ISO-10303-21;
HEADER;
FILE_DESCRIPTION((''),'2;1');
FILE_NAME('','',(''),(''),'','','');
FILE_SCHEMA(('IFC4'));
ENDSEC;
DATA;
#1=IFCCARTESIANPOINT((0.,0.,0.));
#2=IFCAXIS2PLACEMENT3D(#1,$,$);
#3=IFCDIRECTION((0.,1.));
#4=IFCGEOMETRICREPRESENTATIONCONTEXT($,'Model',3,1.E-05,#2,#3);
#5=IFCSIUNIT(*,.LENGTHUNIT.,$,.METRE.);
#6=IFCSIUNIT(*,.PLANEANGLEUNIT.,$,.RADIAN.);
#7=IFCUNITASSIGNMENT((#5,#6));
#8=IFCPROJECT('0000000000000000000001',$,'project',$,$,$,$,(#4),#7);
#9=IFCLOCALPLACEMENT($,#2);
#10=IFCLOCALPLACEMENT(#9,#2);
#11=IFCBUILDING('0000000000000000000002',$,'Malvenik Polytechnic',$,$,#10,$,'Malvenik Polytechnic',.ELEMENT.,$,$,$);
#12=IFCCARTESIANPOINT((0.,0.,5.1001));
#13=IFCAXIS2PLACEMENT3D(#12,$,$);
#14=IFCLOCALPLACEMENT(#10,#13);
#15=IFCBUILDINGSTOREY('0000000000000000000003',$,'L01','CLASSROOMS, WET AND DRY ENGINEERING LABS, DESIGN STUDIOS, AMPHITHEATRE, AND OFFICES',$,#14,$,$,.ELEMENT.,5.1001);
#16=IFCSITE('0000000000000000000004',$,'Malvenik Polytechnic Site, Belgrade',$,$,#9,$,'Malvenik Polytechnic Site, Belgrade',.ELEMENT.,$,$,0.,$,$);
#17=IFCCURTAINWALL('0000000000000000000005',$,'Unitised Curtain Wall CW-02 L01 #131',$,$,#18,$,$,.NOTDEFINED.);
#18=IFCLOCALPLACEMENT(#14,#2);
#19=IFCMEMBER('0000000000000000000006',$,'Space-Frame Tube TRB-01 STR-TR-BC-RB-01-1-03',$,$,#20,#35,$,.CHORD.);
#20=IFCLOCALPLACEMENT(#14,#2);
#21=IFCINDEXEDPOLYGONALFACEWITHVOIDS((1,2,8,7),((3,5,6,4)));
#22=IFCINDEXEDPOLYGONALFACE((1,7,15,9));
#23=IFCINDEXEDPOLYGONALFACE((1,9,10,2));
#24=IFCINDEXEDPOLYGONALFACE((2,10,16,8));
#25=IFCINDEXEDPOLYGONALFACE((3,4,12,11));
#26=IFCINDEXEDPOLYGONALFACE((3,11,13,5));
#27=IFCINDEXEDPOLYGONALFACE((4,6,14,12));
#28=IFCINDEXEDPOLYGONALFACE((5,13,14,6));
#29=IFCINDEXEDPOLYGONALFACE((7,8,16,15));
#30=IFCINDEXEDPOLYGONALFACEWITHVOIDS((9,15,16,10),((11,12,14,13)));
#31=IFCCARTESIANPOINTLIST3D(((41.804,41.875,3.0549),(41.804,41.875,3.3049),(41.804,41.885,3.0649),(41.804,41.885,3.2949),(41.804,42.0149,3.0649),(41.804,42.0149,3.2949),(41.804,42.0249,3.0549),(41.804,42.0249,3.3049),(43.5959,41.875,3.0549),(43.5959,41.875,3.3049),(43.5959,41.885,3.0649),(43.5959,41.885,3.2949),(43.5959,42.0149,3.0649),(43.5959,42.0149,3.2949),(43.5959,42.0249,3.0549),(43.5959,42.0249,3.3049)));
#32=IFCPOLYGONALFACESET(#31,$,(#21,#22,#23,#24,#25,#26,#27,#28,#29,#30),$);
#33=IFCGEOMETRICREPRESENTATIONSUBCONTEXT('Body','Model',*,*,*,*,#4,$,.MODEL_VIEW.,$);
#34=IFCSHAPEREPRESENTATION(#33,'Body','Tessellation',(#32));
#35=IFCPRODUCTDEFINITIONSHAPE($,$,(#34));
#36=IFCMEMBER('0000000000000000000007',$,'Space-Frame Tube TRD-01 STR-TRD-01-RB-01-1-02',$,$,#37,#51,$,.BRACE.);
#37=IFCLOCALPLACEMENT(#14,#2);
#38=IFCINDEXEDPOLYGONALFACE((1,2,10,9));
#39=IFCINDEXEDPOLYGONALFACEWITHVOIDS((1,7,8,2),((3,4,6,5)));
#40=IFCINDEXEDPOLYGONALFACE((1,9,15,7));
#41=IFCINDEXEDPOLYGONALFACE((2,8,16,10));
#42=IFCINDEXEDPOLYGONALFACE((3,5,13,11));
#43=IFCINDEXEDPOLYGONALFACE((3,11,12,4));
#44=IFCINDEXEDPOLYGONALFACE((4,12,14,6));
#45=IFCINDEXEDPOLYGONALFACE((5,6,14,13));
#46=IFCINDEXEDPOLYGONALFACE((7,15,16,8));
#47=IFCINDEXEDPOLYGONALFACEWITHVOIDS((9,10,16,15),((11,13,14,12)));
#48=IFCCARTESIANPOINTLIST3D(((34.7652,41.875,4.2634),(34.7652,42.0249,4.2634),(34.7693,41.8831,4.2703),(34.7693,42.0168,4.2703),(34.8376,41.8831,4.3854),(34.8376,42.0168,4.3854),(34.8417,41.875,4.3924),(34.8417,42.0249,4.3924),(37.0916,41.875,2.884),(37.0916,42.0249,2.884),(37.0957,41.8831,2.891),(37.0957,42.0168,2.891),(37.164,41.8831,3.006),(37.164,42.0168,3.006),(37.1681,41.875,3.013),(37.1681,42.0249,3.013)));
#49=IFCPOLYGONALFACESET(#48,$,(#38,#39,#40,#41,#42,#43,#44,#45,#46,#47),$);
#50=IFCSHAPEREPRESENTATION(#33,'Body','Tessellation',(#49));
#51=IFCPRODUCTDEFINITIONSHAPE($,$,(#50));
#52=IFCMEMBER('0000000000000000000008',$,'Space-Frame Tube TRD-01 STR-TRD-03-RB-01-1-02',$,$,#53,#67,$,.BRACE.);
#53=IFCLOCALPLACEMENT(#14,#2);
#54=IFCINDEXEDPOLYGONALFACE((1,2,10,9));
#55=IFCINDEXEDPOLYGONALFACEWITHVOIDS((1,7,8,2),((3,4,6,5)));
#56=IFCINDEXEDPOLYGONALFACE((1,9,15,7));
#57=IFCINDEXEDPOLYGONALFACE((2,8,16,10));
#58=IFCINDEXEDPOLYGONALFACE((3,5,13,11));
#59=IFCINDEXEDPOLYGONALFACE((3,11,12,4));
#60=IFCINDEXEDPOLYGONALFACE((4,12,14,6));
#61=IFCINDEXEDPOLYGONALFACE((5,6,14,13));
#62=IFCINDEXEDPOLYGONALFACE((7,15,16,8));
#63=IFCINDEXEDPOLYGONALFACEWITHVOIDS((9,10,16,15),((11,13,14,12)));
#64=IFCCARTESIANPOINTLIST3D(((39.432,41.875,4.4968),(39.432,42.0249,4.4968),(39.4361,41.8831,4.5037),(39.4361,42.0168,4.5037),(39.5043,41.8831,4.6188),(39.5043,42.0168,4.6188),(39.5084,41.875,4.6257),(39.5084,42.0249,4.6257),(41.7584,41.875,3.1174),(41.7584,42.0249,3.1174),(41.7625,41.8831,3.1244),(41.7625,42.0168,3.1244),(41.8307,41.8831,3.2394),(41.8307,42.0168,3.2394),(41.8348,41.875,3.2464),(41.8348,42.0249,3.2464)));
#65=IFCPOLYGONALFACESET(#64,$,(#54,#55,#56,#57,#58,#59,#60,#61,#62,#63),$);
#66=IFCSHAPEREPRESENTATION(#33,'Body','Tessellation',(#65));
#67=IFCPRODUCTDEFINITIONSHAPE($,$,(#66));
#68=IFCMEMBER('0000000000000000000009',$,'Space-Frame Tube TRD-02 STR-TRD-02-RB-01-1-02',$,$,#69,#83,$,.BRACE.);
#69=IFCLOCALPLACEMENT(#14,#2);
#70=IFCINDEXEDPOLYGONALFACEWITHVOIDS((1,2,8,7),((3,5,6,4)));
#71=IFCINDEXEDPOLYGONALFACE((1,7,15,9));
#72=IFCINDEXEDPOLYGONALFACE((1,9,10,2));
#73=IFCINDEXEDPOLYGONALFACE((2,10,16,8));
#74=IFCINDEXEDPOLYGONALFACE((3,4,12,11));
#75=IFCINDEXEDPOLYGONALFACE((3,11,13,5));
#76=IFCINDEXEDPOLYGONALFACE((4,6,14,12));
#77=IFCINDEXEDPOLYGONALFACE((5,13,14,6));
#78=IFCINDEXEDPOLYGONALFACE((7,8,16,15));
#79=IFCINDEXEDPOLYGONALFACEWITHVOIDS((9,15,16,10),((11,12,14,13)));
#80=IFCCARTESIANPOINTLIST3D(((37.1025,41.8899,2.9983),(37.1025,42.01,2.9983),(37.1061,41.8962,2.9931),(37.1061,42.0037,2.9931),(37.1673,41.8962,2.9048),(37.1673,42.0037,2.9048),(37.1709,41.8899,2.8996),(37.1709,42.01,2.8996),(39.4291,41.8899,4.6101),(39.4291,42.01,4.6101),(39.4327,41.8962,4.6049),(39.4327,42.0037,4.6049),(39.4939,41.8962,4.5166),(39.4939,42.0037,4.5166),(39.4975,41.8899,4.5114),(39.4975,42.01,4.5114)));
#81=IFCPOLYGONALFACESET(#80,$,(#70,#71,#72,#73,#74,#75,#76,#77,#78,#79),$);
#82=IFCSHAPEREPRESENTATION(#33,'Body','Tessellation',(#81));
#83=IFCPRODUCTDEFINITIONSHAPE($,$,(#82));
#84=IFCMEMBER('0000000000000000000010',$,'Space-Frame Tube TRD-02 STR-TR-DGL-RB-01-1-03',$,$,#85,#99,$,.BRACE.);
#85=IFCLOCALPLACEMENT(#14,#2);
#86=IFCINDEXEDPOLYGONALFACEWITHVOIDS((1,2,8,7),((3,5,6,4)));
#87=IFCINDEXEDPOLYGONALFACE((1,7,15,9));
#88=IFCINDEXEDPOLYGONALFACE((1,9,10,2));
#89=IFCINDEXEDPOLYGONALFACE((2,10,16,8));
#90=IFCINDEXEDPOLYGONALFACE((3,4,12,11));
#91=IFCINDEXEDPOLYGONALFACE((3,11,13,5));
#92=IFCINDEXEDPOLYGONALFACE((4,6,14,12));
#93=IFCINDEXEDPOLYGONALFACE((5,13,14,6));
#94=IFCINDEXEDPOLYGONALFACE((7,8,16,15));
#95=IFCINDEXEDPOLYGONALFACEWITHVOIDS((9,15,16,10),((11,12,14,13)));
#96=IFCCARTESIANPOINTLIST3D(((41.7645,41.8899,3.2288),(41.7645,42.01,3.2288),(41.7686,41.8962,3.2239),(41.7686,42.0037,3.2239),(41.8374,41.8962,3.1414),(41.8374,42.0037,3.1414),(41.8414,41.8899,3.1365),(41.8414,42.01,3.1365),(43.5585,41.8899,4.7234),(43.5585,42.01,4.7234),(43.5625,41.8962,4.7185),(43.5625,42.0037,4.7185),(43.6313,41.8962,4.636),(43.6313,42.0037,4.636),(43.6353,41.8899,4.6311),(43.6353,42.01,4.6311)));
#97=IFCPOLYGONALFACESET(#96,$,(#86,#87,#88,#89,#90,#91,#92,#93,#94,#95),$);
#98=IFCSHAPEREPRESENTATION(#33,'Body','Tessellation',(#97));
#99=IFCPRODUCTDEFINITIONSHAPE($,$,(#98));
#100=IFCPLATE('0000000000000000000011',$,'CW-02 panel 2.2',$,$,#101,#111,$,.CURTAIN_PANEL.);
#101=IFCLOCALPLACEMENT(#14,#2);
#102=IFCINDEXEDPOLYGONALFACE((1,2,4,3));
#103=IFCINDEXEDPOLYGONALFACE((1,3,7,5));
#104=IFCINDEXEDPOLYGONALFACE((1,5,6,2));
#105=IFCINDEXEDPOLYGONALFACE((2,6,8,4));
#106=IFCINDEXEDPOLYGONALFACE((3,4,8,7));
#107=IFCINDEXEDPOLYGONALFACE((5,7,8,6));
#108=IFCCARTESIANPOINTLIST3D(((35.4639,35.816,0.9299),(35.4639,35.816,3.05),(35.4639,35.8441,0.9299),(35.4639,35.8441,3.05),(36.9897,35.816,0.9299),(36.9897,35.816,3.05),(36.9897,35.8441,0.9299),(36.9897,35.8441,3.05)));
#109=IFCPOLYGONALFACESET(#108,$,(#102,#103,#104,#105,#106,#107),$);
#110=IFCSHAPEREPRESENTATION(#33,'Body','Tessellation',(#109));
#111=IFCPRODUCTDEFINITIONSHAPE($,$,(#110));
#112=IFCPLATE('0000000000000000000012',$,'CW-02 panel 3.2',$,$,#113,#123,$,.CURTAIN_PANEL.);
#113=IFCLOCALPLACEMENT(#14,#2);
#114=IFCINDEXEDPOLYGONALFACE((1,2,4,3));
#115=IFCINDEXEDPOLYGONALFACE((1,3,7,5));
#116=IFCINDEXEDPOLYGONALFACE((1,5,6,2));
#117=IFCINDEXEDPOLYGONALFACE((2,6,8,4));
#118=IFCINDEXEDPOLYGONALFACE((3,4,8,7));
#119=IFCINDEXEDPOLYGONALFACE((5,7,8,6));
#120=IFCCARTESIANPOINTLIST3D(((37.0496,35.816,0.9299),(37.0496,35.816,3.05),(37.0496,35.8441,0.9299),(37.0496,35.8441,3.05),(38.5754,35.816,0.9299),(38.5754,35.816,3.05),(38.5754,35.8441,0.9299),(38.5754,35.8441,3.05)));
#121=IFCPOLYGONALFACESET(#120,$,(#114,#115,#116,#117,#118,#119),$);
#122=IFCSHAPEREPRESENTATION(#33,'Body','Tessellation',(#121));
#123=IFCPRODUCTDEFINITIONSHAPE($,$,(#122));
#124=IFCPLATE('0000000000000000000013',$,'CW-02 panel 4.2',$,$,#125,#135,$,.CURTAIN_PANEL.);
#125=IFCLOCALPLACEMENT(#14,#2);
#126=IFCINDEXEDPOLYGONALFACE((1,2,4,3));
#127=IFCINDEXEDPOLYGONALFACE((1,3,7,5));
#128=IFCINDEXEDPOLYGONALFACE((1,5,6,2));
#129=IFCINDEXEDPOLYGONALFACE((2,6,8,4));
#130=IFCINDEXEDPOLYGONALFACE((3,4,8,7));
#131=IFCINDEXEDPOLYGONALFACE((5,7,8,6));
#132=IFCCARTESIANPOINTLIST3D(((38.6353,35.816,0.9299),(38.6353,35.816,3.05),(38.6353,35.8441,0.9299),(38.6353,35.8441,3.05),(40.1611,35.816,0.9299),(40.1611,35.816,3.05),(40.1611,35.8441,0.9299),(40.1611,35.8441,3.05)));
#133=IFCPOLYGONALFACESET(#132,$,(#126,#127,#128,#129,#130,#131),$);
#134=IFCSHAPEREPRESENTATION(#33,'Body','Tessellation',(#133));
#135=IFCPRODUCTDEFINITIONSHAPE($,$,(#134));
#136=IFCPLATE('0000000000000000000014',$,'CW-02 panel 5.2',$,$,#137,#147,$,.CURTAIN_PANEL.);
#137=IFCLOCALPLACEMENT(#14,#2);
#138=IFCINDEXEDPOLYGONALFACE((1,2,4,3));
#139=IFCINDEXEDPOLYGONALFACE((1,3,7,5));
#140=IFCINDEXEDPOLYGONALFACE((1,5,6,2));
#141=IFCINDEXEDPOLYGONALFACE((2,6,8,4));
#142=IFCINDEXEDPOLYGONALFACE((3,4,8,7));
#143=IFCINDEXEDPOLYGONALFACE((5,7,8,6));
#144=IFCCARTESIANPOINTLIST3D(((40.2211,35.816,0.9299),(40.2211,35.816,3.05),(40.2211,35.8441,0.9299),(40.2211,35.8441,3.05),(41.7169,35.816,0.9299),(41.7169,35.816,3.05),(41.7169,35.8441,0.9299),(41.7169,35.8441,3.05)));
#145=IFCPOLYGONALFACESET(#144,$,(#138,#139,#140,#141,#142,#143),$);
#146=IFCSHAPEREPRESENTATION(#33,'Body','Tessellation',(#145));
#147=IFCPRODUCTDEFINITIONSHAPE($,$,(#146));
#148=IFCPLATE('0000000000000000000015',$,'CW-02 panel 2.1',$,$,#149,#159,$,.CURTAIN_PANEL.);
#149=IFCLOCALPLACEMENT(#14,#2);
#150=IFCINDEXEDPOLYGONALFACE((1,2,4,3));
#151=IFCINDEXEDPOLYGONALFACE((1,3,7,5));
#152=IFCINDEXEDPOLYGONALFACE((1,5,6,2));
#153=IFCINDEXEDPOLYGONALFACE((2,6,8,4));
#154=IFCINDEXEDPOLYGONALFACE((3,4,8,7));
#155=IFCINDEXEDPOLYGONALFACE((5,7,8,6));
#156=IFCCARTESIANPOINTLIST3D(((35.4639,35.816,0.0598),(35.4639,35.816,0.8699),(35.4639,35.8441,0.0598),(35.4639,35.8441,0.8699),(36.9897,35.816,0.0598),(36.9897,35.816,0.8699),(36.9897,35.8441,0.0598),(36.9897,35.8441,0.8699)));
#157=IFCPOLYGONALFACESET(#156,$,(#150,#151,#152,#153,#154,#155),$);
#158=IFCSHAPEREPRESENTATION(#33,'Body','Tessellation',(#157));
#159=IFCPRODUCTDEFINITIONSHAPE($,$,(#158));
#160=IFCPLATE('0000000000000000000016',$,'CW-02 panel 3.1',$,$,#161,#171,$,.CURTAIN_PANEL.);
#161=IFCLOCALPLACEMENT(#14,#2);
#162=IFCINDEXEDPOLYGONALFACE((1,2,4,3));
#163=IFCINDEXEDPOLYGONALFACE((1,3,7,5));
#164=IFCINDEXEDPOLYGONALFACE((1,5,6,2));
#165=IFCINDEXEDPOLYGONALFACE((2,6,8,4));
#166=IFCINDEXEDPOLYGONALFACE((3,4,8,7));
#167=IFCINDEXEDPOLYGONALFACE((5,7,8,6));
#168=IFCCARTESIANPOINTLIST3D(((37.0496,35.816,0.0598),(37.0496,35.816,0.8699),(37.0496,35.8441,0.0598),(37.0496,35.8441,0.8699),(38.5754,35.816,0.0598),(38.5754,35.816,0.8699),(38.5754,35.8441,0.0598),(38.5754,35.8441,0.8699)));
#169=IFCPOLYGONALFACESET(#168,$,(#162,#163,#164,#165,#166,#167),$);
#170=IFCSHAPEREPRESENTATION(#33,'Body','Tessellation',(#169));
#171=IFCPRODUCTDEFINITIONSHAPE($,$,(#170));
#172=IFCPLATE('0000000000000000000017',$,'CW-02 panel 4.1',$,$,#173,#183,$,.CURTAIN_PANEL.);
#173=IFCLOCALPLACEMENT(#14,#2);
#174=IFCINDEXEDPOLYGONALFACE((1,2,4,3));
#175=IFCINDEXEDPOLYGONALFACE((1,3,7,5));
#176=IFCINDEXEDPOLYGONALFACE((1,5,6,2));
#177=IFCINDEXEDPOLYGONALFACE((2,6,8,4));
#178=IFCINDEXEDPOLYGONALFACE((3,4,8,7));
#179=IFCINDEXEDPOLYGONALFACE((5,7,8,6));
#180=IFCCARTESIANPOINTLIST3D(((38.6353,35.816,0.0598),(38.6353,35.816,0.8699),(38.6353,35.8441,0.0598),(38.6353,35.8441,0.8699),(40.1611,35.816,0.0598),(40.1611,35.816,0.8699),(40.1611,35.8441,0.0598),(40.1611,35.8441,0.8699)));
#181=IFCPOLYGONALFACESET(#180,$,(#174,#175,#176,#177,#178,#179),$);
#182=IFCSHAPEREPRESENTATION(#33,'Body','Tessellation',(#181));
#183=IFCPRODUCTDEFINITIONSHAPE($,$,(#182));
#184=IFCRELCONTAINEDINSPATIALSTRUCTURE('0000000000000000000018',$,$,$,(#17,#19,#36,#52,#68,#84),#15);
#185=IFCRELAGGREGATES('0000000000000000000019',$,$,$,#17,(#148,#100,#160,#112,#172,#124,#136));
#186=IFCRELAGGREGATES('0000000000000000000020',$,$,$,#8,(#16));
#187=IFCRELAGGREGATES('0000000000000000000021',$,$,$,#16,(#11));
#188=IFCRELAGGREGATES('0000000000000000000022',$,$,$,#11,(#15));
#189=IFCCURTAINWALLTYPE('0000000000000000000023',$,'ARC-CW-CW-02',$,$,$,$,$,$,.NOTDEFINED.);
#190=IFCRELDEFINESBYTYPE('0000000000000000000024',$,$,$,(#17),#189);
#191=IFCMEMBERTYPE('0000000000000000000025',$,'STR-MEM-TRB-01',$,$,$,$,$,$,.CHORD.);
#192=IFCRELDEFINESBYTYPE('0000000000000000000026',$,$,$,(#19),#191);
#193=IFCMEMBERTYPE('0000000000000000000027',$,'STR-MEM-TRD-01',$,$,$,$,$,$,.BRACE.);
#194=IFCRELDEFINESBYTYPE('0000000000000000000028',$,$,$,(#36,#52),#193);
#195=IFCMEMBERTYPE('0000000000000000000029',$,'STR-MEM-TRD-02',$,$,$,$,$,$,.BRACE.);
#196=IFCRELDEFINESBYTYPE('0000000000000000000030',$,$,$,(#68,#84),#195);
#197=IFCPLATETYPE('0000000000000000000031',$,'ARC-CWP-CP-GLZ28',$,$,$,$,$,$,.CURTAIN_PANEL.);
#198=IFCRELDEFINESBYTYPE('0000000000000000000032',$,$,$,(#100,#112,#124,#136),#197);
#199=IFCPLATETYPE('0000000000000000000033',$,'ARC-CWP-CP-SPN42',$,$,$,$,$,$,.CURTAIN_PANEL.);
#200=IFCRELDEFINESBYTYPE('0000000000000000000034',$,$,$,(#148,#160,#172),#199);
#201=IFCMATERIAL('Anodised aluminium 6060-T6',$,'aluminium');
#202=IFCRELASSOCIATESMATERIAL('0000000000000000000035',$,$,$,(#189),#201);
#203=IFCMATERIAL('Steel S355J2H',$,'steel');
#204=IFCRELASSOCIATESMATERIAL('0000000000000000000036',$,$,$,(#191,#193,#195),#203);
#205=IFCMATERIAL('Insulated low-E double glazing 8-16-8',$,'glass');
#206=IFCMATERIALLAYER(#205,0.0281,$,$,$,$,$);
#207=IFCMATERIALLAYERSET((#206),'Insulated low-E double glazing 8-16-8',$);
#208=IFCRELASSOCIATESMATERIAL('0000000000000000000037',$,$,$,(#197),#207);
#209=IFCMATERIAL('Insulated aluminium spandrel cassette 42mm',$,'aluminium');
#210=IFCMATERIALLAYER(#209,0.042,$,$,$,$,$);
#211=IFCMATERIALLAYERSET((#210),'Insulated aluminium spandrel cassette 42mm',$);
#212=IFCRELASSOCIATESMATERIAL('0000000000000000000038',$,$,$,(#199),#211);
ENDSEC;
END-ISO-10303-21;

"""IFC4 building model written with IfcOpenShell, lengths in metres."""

from ifc_helpers import new_model, si_unit, direction, frame, origin, origin_2d, place, context, subcontext, project, spatial, rectangle, hollow_rectangle, extrude, material, layer, layer_set, material_profile, profile_set, type_object, element, aggregate, save


model = new_model("IFC4")

# Units and contexts
model_context = context("Model", 3, precision=1e-05, world=origin(), true_north=direction((0.0, 1.0)))
body_context = subcontext(model_context, "Body", "Model", "MODEL_VIEW")
ifc_project = project(units=[si_unit("LENGTHUNIT", "METRE"), si_unit("PLANEANGLEUNIT", "RADIAN")], contexts=[model_context])

# Site, building, storey
site_placement = place(None, origin())
site = spatial("IfcSite", under=ifc_project, at=site_placement, Name="Malvenik Polytechnic Site, Belgrade", LongName="Malvenik Polytechnic Site, Belgrade", CompositionType="ELEMENT", RefElevation=0.0)
building_placement = place(site_placement, origin())
building = spatial("IfcBuilding", under=site, at=building_placement, Name="Malvenik Polytechnic", LongName="Malvenik Polytechnic", CompositionType="ELEMENT")
storey_placement = place(building_placement, frame((0.0, 0.0, 5.1001)))
storey = spatial("IfcBuildingStorey", under=building, at=storey_placement, Name="L01", Description="CLASSROOMS, WET AND DRY ENGINEERING LABS, DESIGN STUDIOS, AMPHITHEATRE, AND OFFICES", CompositionType="ELEMENT", Elevation=5.1001)

# Curtain wall
ifc_material_1 = material(Name="Anodised aluminium 6060-T6", Category="aluminium")
curtain_wall_type = type_object("IfcCurtainWallType", Name="ARC-CW-CW-02", PredefinedType="NOTDEFINED", material=ifc_material_1)
curtain_wall_1_placement = place(storey_placement, origin())
curtain_wall_1 = element("IfcCurtainWall", 1, at=curtain_wall_1_placement, inside=storey, type_object=curtain_wall_type, Name="Unitised Curtain Wall CW-02 L01 #131", PredefinedType="NOTDEFINED")

# Members
ifc_material_2 = material(Name="Steel S355J2H", Category="steel")
ifc_material_profile_1 = material_profile(ifc_material_2, hollow_rectangle(XDim=0.1499, YDim=0.25, WallThickness=0.01, at=origin_2d()), Name="RHS 250x150x10.0")
ifc_profile_set_1 = profile_set([ifc_material_profile_1], Name="Steel S355J2H")
member_type_1 = type_object("IfcMemberType", Name="STR-MEM-TRB-01", PredefinedType="CHORD", material=ifc_profile_set_1)
member_1_placement = place(storey_placement, frame((41.804, 41.95, 3.1799), z_axis=(1.0, 0.0, 0.0), x_axis=(0.0, 1.0, 0.0)))
element("IfcMember", 2, at=member_1_placement, inside=storey, type_object=member_type_1, Name="Space-Frame Tube TRB-01 STR-TR-BC-RB-01-1-03", PredefinedType="CHORD", context=body_context, shape_type="SweptSolid", body=[
    extrude(hollow_rectangle(XDim=0.1499, YDim=0.25, WallThickness=0.01, at=origin_2d()), origin(), (0.0, 0.0, 1.0), 1.792),
])
ifc_material_profile_2 = material_profile(ifc_material_2, hollow_rectangle(XDim=0.1499, YDim=0.1499, WallThickness=0.0081, at=origin_2d()), Name="SHS 150x150x8.0")
ifc_profile_set_2 = profile_set([ifc_material_profile_2], Name="Steel S355J2H")
member_type_2 = type_object("IfcMemberType", Name="STR-MEM-TRD-01", PredefinedType="BRACE", material=ifc_profile_set_2)
for number, where, z_axis, x_axis, name in (
    (3, (34.8035, 41.95, 4.3279), (0.860165, 0.0, -0.510015), (0.0, 1.0, 0.0), "Space-Frame Tube TRD-01 STR-TRD-01-RB-01-1-02"),
    (4, (39.4702, 41.95, 4.5613), (0.860165, 0.0, -0.510015), (0.0, 1.0, 0.0), "Space-Frame Tube TRD-01 STR-TRD-03-RB-01-1-02"),
):
    element("IfcMember", number, at=place(storey_placement, frame(where, z_axis=z_axis, x_axis=x_axis)), inside=storey, type_object=member_type_2, Name=name, PredefinedType="BRACE", context=body_context, shape_type="SweptSolid", body=[
        extrude(hollow_rectangle(XDim=0.1499, YDim=0.1499, WallThickness=0.0081, at=origin_2d()), origin(), (0.0, 0.0, 1.0), 2.7046),
    ])
ifc_material_profile_3 = material_profile(ifc_material_2, hollow_rectangle(XDim=0.1201, YDim=0.1201, WallThickness=0.0063, at=origin_2d()), Name="SHS 120x120x6.3")
ifc_profile_set_3 = profile_set([ifc_material_profile_3], Name="Steel S355J2H")
member_type_3 = type_object("IfcMemberType", Name="STR-MEM-TRD-02", PredefinedType="BRACE", material=ifc_profile_set_3)
member_2_placement = place(storey_placement, frame((37.1367, 41.95, 2.949), z_axis=(0.822018, 0.0, 0.569461), x_axis=(0.0, 1.0, 0.0)))
element("IfcMember", 5, at=member_2_placement, inside=storey, type_object=member_type_3, Name="Space-Frame Tube TRD-02 STR-TRD-02-RB-01-1-02", PredefinedType="BRACE", context=body_context, shape_type="SweptSolid", body=[
    extrude(hollow_rectangle(XDim=0.1201, YDim=0.1201, WallThickness=0.0063, at=origin_2d()), origin(), (0.0, 0.0, 1.0), 2.8303),
])
member_3_placement = place(storey_placement, frame((41.803, 41.95, 3.1826), z_axis=(0.76829, 0.0, 0.640102), x_axis=(0.0, 1.0, 0.0)))
element("IfcMember", 6, at=member_3_placement, inside=storey, type_object=member_type_3, Name="Space-Frame Tube TRD-02 STR-TR-DGL-RB-01-1-03", PredefinedType="BRACE", context=body_context, shape_type="SweptSolid", body=[
    extrude(hollow_rectangle(XDim=0.1201, YDim=0.1201, WallThickness=0.0063, at=origin_2d()), origin(), (0.0, 0.0, 1.0), 2.335),
])

# Plates
ifc_material_3 = material(Name="Insulated low-E double glazing 8-16-8", Category="glass")
ifc_layer_1 = layer(ifc_material_3, 0.0281)
ifc_layer_set_1 = layer_set([ifc_layer_1], Name="Insulated low-E double glazing 8-16-8")
plate_type_1 = type_object("IfcPlateType", Name="ARC-CWP-CP-GLZ28", PredefinedType="CURTAIN_PANEL", material=ifc_layer_set_1)
plate_1_placement = place(storey_placement, frame((36.2268, 35.8301, 0.9299), z_axis=(0.0, 0.0, 1.0), x_axis=(1.0, 0.0, 0.0)))
plate_1 = element("IfcPlate", 7, at=plate_1_placement, type_object=plate_type_1, Name="CW-02 panel 2.2", PredefinedType="CURTAIN_PANEL", context=body_context, shape_type="SweptSolid", body=[
    extrude(rectangle(XDim=1.5259, YDim=0.0281, at=origin_2d()), origin(), (0.0, 0.0, 1.0), 2.1201),
])
plate_2_placement = place(storey_placement, frame((37.8125, 35.8301, 0.9299), z_axis=(0.0, 0.0, 1.0), x_axis=(1.0, 0.0, 0.0)))
plate_2 = element("IfcPlate", 8, at=plate_2_placement, type_object=plate_type_1, Name="CW-02 panel 3.2", PredefinedType="CURTAIN_PANEL", context=body_context, shape_type="SweptSolid", body=[
    extrude(rectangle(XDim=1.5259, YDim=0.0281, at=origin_2d()), origin(), (0.0, 0.0, 1.0), 2.1201),
])
plate_3_placement = place(storey_placement, frame((39.3982, 35.8301, 0.9299), z_axis=(0.0, 0.0, 1.0), x_axis=(1.0, 0.0, 0.0)))
plate_3 = element("IfcPlate", 9, at=plate_3_placement, type_object=plate_type_1, Name="CW-02 panel 4.2", PredefinedType="CURTAIN_PANEL", context=body_context, shape_type="SweptSolid", body=[
    extrude(rectangle(XDim=1.5259, YDim=0.0281, at=origin_2d()), origin(), (0.0, 0.0, 1.0), 2.1201),
])
plate_4_placement = place(storey_placement, frame((40.969, 35.8301, 0.9299), z_axis=(0.0, 0.0, 1.0), x_axis=(1.0, 0.0, 0.0)))
plate_4 = element("IfcPlate", 10, at=plate_4_placement, type_object=plate_type_1, Name="CW-02 panel 5.2", PredefinedType="CURTAIN_PANEL", context=body_context, shape_type="SweptSolid", body=[
    extrude(rectangle(XDim=1.4958, YDim=0.0281, at=origin_2d()), origin(), (0.0, 0.0, 1.0), 2.1201),
])
ifc_material_4 = material(Name="Insulated aluminium spandrel cassette 42mm", Category="aluminium")
ifc_layer_2 = layer(ifc_material_4, 0.042)
ifc_layer_set_2 = layer_set([ifc_layer_2], Name="Insulated aluminium spandrel cassette 42mm")
plate_type_2 = type_object("IfcPlateType", Name="ARC-CWP-CP-SPN42", PredefinedType="CURTAIN_PANEL", material=ifc_layer_set_2)
plate_5_placement = place(storey_placement, frame((36.2268, 35.8301, 0.0598), z_axis=(0.0, 0.0, 1.0), x_axis=(1.0, 0.0, 0.0)))
plate_5 = element("IfcPlate", 11, at=plate_5_placement, type_object=plate_type_2, Name="CW-02 panel 2.1", PredefinedType="CURTAIN_PANEL", context=body_context, shape_type="SweptSolid", body=[
    extrude(rectangle(XDim=1.5259, YDim=0.0281, at=origin_2d()), origin(), (0.0, 0.0, 1.0), 0.8101),
])
plate_6_placement = place(storey_placement, frame((37.8125, 35.8301, 0.0598), z_axis=(0.0, 0.0, 1.0), x_axis=(1.0, 0.0, 0.0)))
plate_6 = element("IfcPlate", 12, at=plate_6_placement, type_object=plate_type_2, Name="CW-02 panel 3.1", PredefinedType="CURTAIN_PANEL", context=body_context, shape_type="SweptSolid", body=[
    extrude(rectangle(XDim=1.5259, YDim=0.0281, at=origin_2d()), origin(), (0.0, 0.0, 1.0), 0.8101),
])
plate_7_placement = place(storey_placement, frame((39.3982, 35.8301, 0.0598), z_axis=(0.0, 0.0, 1.0), x_axis=(1.0, 0.0, 0.0)))
plate_7 = element("IfcPlate", 13, at=plate_7_placement, type_object=plate_type_2, Name="CW-02 panel 4.1", PredefinedType="CURTAIN_PANEL", context=body_context, shape_type="SweptSolid", body=[
    extrude(rectangle(XDim=1.5259, YDim=0.0281, at=origin_2d()), origin(), (0.0, 0.0, 1.0), 0.8101),
])
aggregate(curtain_wall_1, [plate_5, plate_1, plate_6, plate_2, plate_7, plate_3, plate_4])

save(model, "model.ifc")
